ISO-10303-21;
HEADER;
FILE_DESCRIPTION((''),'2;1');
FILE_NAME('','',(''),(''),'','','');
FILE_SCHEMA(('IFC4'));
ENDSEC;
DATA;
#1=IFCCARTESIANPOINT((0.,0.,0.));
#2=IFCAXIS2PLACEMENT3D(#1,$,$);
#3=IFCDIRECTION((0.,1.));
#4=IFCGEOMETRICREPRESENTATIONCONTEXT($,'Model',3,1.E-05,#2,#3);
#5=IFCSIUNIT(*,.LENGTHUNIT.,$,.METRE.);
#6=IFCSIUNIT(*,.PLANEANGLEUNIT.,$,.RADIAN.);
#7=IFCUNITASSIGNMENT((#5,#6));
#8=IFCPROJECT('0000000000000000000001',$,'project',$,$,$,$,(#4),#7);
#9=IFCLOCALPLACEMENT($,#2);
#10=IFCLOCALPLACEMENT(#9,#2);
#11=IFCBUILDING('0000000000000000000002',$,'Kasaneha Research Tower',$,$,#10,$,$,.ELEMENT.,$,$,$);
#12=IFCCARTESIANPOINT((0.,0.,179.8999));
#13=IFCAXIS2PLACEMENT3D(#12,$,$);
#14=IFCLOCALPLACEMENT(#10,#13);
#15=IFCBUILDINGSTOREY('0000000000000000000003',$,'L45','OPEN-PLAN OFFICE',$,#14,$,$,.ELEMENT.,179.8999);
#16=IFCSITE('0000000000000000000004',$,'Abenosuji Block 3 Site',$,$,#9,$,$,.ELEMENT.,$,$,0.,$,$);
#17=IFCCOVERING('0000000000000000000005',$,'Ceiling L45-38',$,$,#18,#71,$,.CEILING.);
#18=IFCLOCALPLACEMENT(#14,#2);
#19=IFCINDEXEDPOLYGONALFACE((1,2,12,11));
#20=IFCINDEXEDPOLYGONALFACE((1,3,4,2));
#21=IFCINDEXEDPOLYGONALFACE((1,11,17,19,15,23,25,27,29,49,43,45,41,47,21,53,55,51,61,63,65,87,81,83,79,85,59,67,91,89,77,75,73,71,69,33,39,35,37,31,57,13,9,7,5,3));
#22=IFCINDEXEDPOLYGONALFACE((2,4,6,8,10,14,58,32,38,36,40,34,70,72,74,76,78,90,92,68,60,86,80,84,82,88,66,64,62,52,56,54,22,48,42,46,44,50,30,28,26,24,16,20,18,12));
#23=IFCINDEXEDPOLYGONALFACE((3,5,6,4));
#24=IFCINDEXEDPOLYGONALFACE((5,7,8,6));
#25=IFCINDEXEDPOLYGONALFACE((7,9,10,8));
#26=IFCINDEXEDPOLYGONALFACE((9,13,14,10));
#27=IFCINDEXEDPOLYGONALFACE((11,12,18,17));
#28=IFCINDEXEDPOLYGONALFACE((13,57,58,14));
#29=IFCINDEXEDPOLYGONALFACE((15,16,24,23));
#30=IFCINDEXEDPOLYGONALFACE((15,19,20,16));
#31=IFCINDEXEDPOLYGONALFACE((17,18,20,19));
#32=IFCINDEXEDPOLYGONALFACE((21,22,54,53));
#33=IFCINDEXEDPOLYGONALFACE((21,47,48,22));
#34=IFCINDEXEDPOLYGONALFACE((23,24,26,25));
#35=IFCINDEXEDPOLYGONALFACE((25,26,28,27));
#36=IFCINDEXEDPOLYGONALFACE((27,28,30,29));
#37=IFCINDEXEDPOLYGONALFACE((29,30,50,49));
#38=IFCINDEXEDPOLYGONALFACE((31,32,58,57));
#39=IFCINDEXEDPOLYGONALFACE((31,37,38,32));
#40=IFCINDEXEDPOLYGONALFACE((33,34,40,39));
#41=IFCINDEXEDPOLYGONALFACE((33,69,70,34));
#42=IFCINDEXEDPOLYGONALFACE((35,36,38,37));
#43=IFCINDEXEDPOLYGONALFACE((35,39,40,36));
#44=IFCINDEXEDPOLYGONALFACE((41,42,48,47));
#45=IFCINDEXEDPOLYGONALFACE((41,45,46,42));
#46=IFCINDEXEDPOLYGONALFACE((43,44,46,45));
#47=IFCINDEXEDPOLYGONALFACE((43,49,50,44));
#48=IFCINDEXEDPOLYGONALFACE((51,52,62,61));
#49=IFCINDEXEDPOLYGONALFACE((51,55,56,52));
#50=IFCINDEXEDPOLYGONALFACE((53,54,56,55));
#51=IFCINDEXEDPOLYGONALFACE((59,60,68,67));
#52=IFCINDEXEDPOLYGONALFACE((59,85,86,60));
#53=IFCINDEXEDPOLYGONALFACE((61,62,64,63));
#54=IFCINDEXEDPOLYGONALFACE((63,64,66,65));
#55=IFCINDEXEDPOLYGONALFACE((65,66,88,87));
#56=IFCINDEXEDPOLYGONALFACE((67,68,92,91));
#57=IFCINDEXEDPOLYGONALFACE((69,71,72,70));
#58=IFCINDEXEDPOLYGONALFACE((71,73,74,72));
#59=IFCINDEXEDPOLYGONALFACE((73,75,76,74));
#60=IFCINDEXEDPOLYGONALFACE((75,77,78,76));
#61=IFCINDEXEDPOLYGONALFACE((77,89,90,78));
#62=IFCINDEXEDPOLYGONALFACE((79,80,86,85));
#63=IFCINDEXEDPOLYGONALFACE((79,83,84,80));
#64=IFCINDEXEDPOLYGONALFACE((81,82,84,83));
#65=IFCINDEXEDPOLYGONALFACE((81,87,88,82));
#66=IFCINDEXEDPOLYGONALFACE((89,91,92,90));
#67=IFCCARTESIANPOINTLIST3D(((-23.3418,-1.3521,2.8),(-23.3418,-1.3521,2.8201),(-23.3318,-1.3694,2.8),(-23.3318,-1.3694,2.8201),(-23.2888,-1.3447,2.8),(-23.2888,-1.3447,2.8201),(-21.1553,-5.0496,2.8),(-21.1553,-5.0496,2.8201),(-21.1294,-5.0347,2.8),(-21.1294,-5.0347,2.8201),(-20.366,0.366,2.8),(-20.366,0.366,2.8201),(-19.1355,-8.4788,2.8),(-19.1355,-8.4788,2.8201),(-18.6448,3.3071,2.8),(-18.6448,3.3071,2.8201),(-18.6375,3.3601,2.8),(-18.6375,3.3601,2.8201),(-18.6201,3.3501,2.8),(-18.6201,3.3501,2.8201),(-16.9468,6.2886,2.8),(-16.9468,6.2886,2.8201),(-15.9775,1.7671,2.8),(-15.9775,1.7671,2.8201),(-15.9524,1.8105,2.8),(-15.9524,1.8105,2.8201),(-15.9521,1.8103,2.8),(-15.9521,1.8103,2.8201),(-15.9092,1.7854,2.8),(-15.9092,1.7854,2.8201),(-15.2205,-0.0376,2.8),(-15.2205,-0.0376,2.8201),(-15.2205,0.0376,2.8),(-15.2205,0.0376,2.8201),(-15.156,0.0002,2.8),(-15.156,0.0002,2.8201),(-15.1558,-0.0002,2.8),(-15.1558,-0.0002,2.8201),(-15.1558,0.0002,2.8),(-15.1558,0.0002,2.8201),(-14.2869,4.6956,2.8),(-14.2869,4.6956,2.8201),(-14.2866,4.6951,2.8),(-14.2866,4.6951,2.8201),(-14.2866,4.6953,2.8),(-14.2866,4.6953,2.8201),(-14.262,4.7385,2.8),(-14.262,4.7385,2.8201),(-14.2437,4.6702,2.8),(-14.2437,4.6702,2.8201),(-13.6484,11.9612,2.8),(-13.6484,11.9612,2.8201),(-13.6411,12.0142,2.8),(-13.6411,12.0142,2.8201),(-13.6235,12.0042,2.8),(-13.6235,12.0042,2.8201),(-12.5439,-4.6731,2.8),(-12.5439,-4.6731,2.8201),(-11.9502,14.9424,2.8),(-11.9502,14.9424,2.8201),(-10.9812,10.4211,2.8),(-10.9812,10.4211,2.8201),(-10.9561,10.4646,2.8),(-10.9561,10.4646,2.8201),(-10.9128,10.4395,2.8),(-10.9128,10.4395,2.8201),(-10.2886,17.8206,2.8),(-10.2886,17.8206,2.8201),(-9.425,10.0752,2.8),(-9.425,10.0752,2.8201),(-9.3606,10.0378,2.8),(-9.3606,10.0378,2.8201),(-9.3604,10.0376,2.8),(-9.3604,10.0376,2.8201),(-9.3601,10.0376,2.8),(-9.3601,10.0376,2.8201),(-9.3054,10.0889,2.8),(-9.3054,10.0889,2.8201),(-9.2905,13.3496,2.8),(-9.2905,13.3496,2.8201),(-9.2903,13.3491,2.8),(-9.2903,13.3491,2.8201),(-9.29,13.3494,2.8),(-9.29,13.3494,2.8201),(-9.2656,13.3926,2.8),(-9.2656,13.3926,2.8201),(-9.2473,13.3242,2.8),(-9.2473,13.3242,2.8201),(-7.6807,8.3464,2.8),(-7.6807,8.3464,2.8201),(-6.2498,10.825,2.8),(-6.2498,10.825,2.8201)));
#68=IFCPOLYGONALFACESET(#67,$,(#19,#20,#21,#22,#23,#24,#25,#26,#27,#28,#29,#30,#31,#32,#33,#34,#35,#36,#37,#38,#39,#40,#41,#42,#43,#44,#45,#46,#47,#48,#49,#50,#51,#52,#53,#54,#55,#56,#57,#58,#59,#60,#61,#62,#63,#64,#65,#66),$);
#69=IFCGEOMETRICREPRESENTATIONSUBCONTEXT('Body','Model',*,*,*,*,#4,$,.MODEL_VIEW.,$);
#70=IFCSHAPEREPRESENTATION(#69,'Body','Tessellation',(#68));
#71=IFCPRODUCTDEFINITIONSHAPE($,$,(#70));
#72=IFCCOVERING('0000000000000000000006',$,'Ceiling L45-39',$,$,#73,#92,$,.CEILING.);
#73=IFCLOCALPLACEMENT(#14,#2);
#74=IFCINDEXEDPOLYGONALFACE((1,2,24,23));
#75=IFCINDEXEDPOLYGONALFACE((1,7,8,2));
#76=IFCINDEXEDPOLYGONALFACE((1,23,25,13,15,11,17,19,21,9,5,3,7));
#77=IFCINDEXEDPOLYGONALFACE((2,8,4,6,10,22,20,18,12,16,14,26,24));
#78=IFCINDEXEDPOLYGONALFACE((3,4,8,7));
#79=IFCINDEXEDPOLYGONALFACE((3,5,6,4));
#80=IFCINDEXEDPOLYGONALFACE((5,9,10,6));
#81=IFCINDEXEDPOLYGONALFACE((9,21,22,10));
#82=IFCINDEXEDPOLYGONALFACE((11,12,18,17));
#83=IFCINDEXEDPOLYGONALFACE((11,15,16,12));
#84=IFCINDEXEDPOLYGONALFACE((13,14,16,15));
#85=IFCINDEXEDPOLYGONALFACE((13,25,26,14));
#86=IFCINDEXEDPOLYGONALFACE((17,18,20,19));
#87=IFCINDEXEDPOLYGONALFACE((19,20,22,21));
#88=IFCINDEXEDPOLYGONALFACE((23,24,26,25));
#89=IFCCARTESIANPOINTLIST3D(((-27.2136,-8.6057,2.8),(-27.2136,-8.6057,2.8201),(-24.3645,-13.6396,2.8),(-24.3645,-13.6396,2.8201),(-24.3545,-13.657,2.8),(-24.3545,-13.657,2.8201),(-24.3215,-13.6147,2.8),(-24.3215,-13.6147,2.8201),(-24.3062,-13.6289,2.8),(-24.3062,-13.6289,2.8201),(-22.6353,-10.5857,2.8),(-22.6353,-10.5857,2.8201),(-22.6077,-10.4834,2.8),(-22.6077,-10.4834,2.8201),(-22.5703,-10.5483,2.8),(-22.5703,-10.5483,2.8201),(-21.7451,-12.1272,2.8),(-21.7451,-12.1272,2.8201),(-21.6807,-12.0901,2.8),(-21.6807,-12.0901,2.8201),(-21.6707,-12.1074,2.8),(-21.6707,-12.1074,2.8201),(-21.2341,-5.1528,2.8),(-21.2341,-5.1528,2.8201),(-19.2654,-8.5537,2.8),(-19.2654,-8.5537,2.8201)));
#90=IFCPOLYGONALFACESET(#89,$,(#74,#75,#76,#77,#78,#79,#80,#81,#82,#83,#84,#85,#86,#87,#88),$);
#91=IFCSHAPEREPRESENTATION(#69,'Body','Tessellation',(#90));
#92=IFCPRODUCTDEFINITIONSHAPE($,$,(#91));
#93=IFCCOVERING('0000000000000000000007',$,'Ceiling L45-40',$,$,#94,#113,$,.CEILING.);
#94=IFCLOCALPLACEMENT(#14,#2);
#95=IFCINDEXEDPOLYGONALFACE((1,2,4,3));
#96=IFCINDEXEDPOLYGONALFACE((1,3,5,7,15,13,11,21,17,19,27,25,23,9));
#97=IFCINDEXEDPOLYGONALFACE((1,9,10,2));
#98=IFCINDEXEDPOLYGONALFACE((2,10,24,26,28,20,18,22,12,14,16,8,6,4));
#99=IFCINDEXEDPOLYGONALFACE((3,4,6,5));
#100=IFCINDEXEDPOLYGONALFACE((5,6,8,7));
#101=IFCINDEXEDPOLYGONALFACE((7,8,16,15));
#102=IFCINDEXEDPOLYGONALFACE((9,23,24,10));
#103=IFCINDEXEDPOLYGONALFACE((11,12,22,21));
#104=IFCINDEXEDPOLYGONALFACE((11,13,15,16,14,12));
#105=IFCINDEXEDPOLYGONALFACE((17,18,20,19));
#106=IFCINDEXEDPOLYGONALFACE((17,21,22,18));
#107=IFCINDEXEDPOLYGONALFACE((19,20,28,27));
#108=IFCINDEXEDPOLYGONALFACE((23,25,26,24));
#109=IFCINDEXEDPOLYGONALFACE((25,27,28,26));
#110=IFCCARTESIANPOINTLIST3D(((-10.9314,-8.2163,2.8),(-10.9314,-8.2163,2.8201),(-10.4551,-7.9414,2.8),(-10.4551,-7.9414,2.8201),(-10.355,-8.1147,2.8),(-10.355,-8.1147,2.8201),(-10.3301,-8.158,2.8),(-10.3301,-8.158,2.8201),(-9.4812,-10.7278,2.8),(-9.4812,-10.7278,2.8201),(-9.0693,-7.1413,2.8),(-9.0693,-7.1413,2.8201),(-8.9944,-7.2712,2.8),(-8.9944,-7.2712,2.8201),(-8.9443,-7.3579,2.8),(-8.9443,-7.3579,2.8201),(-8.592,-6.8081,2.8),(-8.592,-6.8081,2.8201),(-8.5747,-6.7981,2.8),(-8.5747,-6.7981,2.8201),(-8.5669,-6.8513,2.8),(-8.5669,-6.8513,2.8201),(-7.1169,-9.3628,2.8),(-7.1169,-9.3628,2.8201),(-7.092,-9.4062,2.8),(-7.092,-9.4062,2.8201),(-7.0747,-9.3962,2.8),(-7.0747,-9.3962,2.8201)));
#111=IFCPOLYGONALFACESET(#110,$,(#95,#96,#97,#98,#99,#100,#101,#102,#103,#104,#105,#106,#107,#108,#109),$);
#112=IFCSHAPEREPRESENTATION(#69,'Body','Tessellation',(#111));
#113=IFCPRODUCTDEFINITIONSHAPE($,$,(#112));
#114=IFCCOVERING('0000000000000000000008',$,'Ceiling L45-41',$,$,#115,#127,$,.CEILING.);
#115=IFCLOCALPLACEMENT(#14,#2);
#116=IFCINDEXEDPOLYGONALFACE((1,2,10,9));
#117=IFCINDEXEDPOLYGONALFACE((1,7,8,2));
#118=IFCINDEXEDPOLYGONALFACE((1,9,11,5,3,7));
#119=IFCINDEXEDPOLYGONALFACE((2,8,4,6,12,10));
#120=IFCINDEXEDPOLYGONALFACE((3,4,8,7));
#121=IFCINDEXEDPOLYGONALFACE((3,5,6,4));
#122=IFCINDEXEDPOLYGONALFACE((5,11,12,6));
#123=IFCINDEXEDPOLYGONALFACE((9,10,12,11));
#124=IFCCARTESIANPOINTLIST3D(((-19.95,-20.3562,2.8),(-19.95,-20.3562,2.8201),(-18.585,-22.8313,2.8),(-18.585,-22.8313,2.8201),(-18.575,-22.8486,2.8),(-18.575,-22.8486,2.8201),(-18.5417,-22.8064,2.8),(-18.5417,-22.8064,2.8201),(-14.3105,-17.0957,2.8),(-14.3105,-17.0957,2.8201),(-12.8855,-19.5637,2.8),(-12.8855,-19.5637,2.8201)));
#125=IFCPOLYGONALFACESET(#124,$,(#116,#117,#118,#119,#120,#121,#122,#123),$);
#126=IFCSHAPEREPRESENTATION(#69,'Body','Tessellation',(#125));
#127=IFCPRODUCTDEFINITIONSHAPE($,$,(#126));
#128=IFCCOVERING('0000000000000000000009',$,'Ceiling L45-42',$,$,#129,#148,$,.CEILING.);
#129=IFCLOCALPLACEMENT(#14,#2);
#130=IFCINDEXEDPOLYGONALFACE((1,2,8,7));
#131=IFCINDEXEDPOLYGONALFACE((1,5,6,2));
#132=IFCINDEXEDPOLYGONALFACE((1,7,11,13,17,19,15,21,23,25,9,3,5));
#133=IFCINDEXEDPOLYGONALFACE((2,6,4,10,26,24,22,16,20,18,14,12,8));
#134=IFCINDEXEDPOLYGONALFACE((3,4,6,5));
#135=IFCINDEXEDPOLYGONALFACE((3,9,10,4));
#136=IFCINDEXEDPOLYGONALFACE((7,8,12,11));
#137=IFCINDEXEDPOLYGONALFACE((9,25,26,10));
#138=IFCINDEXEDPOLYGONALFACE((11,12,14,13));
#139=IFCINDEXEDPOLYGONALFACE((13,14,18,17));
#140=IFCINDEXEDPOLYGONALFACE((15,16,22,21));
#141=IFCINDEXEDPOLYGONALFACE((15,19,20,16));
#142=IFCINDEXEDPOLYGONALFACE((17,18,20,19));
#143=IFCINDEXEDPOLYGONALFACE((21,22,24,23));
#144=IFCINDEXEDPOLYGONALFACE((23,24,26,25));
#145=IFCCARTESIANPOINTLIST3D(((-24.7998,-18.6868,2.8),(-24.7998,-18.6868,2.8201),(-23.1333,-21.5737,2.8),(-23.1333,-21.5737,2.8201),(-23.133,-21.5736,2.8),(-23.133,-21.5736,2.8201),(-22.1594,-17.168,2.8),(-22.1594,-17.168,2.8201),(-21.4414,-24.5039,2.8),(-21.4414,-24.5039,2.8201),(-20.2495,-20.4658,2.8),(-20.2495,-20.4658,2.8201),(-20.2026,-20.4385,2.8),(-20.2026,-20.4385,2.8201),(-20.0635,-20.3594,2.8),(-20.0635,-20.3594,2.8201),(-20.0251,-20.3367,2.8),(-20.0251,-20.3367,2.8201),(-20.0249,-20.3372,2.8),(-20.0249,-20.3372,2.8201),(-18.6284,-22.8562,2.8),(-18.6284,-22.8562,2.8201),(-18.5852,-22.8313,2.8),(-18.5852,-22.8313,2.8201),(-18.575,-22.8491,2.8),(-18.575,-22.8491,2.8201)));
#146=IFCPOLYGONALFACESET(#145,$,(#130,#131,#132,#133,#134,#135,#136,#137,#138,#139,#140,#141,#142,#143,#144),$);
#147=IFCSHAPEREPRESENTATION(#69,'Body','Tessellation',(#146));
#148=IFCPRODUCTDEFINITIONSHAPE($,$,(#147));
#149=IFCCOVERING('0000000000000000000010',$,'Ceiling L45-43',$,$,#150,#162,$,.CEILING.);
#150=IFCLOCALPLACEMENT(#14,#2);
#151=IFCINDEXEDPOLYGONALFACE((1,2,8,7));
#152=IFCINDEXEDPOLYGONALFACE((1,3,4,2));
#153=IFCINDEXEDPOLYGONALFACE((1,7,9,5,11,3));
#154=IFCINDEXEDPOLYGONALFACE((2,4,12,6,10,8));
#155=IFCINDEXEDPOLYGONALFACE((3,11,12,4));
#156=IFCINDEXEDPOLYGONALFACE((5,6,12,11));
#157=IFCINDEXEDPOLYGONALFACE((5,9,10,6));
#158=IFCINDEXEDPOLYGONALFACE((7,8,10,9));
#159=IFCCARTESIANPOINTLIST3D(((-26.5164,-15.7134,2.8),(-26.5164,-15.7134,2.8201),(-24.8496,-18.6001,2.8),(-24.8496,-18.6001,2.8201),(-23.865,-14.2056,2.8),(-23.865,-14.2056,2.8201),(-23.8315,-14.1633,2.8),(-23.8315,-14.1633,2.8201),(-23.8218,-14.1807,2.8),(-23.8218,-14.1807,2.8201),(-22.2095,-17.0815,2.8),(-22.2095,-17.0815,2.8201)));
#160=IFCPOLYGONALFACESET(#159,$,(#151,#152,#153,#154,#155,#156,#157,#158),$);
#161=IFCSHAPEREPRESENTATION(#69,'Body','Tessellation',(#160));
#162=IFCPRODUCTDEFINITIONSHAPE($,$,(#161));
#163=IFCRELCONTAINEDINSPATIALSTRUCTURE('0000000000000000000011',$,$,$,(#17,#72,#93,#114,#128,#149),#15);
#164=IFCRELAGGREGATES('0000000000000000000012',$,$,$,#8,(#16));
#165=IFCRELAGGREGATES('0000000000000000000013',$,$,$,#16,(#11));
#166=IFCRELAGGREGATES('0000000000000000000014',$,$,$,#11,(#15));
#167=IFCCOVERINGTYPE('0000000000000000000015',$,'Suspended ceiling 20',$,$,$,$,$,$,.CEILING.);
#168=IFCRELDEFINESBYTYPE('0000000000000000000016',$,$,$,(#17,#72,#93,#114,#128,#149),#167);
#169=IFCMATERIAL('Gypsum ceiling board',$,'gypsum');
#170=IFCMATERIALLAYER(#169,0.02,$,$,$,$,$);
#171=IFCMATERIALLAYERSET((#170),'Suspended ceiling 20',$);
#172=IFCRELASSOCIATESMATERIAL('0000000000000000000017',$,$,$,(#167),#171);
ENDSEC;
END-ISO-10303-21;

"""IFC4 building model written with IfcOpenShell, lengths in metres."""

from ifc_helpers import new_model, si_unit, direction, frame, origin, place, context, subcontext, project, spatial, polyline, outline, extrude, material, layer, layer_set, type_object, element, save


model = new_model("IFC4")

# Units and contexts
model_context = context("Model", 3, precision=1e-05, world=origin(), true_north=direction((0.0, 1.0)))
body_context = subcontext(model_context, "Body", "Model", "MODEL_VIEW")
ifc_project = project(units=[si_unit("LENGTHUNIT", "METRE"), si_unit("PLANEANGLEUNIT", "RADIAN")], contexts=[model_context])

# Site, building, storey
site_placement = place(None, origin())
site = spatial("IfcSite", under=ifc_project, at=site_placement, Name="Abenosuji Block 3 Site", CompositionType="ELEMENT", RefElevation=0.0)
building_placement = place(site_placement, origin())
building = spatial("IfcBuilding", under=site, at=building_placement, Name="Kasaneha Research Tower", CompositionType="ELEMENT")
storey_placement = place(building_placement, frame((0.0, 0.0, 179.8999)))
storey = spatial("IfcBuildingStorey", under=building, at=storey_placement, Name="L45", Description="OPEN-PLAN OFFICE", CompositionType="ELEMENT", Elevation=179.8999)

# Coverings
ifc_material_1 = material(Name="Gypsum ceiling board", Category="gypsum")
ifc_layer_1 = layer(ifc_material_1, 0.02)
ifc_layer_set_1 = layer_set([ifc_layer_1], Name="Suspended ceiling 20")
covering_type_1 = type_object("IfcCoveringType", Name="Suspended ceiling 20", PredefinedType="CEILING", material=ifc_layer_set_1)
covering_1_placement = place(storey_placement, frame((0.0, 0.0, 2.8)))
element("IfcCovering", 1, at=covering_1_placement, inside=storey, type_object=covering_type_1, Name="Ceiling L45-38", PredefinedType="CEILING", context=body_context, shape_type="SweptSolid", body=[
    extrude(outline(polyline([(-9.3606, 10.0378), (-9.3606, 10.0378), (-9.425, 10.0752), (-15.2205, 0.0376), (-15.1558, 0.0002), (-15.156, 0.0002), (-15.1558, -0.0002), (-15.2205, -0.0376), (-12.5439, -4.6731), (-19.1355, -8.4788), (-21.1294, -5.0347), (-21.1553, -5.0496), (-23.2888, -1.3447), (-23.3318, -1.3694), (-23.3418, -1.3521), (-20.366, 0.366), (-18.6375, 3.3601), (-18.6201, 3.3501), (-18.6448, 3.3071), (-15.9775, 1.7671), (-15.9524, 1.8105), (-15.9521, 1.8103), (-15.9521, 1.8103), (-15.9092, 1.7854), (-14.2437, 4.6702), (-14.2866, 4.6951), (-14.2866, 4.6953), (-14.2869, 4.6956), (-14.262, 4.7385), (-16.9468, 6.2886), (-13.6411, 12.0142), (-13.6235, 12.0042), (-13.6484, 11.9612), (-10.9812, 10.4211), (-10.9561, 10.4646), (-10.9128, 10.4395), (-9.2473, 13.3242), (-9.2903, 13.3491), (-9.29, 13.3494), (-9.2905, 13.3496), (-9.2656, 13.3926), (-11.9502, 14.9424), (-10.2886, 17.8206), (-6.2498, 10.825), (-7.6807, 8.3464), (-9.3054, 10.0889), (-9.3601, 10.0376), (-9.3604, 10.0376), (-9.3606, 10.0378)])), origin(), (0.0, 0.0, 1.0), 0.02),
])
covering_2_placement = place(storey_placement, frame((0.0, 0.0, 2.8)))
element("IfcCovering", 2, at=covering_2_placement, inside=storey, type_object=covering_type_1, Name="Ceiling L45-39", PredefinedType="CEILING", context=body_context, shape_type="SweptSolid", body=[
    extrude(outline(polyline([(-24.3062, -13.6289), (-24.3545, -13.657), (-24.3645, -13.6396), (-24.3215, -13.6147), (-27.2136, -8.6057), (-21.2341, -5.1528), (-19.2654, -8.5537), (-22.6077, -10.4834), (-22.5703, -10.5483), (-22.6353, -10.5857), (-21.7451, -12.1272), (-21.6807, -12.0901), (-21.6707, -12.1074), (-24.3062, -13.6289)])), origin(), (0.0, 0.0, 1.0), 0.02),
])
covering_3_placement = place(storey_placement, frame((0.0, 0.0, 2.8)))
element("IfcCovering", 3, at=covering_3_placement, inside=storey, type_object=covering_type_1, Name="Ceiling L45-40", PredefinedType="CEILING", context=body_context, shape_type="SweptSolid", body=[
    extrude(outline(polyline([(-10.355, -8.1147), (-10.355, -8.1147), (-10.3301, -8.158), (-8.9443, -7.3579), (-8.9944, -7.2712), (-8.9944, -7.2712), (-9.0942, -7.0981), (-9.0942, -7.0981), (-9.0693, -7.1414), (-8.5669, -6.8513), (-8.592, -6.8081), (-8.5747, -6.7981), (-7.0747, -9.3962), (-7.092, -9.4062), (-7.1169, -9.3628), (-9.4812, -10.7278), (-10.9314, -8.2163), (-10.4551, -7.9414), (-10.355, -8.1147)])), origin(), (0.0, 0.0, 1.0), 0.02),
])
covering_4_placement = place(storey_placement, frame((0.0, 0.0, 2.8)))
element("IfcCovering", 4, at=covering_4_placement, inside=storey, type_object=covering_type_1, Name="Ceiling L45-41", PredefinedType="CEILING", context=body_context, shape_type="SweptSolid", body=[
    extrude(outline(polyline([(-18.575, -22.8486), (-18.585, -22.8313), (-18.5417, -22.8064), (-19.95, -20.3562), (-14.3105, -17.0957), (-12.8855, -19.5637), (-18.575, -22.8486)])), origin(), (0.0, 0.0, 1.0), 0.02),
])
covering_5_placement = place(storey_placement, frame((0.0, 0.0, 2.8)))
element("IfcCovering", 5, at=covering_5_placement, inside=storey, type_object=covering_type_1, Name="Ceiling L45-42", PredefinedType="CEILING", context=body_context, shape_type="SweptSolid", body=[
    extrude(outline(polyline([(-20.0251, -20.3367), (-20.0249, -20.3372), (-20.0635, -20.3594), (-18.6284, -22.8562), (-18.5852, -22.8313), (-18.575, -22.8491), (-21.4414, -24.5039), (-23.1333, -21.5737), (-20.8503, -20.2556), (-23.1331, -21.5735), (-24.7998, -18.6868), (-22.1594, -17.168), (-20.2495, -20.4658), (-20.2026, -20.4385), (-20.0251, -20.3367)])), origin(), (0.0, 0.0, 1.0), 0.02),
])
covering_6_placement = place(storey_placement, frame((0.0, 0.0, 2.8)))
element("IfcCovering", 6, at=covering_6_placement, inside=storey, type_object=covering_type_1, Name="Ceiling L45-43", PredefinedType="CEILING", context=body_context, shape_type="SweptSolid", body=[
    extrude(outline(polyline([(-23.8315, -14.1633), (-23.8218, -14.1807), (-23.865, -14.2056), (-22.2095, -17.0815), (-24.8496, -18.6001), (-26.5164, -15.7134), (-23.8315, -14.1633)])), origin(), (0.0, 0.0, 1.0), 0.02),
])

save(model, "model.ifc")
